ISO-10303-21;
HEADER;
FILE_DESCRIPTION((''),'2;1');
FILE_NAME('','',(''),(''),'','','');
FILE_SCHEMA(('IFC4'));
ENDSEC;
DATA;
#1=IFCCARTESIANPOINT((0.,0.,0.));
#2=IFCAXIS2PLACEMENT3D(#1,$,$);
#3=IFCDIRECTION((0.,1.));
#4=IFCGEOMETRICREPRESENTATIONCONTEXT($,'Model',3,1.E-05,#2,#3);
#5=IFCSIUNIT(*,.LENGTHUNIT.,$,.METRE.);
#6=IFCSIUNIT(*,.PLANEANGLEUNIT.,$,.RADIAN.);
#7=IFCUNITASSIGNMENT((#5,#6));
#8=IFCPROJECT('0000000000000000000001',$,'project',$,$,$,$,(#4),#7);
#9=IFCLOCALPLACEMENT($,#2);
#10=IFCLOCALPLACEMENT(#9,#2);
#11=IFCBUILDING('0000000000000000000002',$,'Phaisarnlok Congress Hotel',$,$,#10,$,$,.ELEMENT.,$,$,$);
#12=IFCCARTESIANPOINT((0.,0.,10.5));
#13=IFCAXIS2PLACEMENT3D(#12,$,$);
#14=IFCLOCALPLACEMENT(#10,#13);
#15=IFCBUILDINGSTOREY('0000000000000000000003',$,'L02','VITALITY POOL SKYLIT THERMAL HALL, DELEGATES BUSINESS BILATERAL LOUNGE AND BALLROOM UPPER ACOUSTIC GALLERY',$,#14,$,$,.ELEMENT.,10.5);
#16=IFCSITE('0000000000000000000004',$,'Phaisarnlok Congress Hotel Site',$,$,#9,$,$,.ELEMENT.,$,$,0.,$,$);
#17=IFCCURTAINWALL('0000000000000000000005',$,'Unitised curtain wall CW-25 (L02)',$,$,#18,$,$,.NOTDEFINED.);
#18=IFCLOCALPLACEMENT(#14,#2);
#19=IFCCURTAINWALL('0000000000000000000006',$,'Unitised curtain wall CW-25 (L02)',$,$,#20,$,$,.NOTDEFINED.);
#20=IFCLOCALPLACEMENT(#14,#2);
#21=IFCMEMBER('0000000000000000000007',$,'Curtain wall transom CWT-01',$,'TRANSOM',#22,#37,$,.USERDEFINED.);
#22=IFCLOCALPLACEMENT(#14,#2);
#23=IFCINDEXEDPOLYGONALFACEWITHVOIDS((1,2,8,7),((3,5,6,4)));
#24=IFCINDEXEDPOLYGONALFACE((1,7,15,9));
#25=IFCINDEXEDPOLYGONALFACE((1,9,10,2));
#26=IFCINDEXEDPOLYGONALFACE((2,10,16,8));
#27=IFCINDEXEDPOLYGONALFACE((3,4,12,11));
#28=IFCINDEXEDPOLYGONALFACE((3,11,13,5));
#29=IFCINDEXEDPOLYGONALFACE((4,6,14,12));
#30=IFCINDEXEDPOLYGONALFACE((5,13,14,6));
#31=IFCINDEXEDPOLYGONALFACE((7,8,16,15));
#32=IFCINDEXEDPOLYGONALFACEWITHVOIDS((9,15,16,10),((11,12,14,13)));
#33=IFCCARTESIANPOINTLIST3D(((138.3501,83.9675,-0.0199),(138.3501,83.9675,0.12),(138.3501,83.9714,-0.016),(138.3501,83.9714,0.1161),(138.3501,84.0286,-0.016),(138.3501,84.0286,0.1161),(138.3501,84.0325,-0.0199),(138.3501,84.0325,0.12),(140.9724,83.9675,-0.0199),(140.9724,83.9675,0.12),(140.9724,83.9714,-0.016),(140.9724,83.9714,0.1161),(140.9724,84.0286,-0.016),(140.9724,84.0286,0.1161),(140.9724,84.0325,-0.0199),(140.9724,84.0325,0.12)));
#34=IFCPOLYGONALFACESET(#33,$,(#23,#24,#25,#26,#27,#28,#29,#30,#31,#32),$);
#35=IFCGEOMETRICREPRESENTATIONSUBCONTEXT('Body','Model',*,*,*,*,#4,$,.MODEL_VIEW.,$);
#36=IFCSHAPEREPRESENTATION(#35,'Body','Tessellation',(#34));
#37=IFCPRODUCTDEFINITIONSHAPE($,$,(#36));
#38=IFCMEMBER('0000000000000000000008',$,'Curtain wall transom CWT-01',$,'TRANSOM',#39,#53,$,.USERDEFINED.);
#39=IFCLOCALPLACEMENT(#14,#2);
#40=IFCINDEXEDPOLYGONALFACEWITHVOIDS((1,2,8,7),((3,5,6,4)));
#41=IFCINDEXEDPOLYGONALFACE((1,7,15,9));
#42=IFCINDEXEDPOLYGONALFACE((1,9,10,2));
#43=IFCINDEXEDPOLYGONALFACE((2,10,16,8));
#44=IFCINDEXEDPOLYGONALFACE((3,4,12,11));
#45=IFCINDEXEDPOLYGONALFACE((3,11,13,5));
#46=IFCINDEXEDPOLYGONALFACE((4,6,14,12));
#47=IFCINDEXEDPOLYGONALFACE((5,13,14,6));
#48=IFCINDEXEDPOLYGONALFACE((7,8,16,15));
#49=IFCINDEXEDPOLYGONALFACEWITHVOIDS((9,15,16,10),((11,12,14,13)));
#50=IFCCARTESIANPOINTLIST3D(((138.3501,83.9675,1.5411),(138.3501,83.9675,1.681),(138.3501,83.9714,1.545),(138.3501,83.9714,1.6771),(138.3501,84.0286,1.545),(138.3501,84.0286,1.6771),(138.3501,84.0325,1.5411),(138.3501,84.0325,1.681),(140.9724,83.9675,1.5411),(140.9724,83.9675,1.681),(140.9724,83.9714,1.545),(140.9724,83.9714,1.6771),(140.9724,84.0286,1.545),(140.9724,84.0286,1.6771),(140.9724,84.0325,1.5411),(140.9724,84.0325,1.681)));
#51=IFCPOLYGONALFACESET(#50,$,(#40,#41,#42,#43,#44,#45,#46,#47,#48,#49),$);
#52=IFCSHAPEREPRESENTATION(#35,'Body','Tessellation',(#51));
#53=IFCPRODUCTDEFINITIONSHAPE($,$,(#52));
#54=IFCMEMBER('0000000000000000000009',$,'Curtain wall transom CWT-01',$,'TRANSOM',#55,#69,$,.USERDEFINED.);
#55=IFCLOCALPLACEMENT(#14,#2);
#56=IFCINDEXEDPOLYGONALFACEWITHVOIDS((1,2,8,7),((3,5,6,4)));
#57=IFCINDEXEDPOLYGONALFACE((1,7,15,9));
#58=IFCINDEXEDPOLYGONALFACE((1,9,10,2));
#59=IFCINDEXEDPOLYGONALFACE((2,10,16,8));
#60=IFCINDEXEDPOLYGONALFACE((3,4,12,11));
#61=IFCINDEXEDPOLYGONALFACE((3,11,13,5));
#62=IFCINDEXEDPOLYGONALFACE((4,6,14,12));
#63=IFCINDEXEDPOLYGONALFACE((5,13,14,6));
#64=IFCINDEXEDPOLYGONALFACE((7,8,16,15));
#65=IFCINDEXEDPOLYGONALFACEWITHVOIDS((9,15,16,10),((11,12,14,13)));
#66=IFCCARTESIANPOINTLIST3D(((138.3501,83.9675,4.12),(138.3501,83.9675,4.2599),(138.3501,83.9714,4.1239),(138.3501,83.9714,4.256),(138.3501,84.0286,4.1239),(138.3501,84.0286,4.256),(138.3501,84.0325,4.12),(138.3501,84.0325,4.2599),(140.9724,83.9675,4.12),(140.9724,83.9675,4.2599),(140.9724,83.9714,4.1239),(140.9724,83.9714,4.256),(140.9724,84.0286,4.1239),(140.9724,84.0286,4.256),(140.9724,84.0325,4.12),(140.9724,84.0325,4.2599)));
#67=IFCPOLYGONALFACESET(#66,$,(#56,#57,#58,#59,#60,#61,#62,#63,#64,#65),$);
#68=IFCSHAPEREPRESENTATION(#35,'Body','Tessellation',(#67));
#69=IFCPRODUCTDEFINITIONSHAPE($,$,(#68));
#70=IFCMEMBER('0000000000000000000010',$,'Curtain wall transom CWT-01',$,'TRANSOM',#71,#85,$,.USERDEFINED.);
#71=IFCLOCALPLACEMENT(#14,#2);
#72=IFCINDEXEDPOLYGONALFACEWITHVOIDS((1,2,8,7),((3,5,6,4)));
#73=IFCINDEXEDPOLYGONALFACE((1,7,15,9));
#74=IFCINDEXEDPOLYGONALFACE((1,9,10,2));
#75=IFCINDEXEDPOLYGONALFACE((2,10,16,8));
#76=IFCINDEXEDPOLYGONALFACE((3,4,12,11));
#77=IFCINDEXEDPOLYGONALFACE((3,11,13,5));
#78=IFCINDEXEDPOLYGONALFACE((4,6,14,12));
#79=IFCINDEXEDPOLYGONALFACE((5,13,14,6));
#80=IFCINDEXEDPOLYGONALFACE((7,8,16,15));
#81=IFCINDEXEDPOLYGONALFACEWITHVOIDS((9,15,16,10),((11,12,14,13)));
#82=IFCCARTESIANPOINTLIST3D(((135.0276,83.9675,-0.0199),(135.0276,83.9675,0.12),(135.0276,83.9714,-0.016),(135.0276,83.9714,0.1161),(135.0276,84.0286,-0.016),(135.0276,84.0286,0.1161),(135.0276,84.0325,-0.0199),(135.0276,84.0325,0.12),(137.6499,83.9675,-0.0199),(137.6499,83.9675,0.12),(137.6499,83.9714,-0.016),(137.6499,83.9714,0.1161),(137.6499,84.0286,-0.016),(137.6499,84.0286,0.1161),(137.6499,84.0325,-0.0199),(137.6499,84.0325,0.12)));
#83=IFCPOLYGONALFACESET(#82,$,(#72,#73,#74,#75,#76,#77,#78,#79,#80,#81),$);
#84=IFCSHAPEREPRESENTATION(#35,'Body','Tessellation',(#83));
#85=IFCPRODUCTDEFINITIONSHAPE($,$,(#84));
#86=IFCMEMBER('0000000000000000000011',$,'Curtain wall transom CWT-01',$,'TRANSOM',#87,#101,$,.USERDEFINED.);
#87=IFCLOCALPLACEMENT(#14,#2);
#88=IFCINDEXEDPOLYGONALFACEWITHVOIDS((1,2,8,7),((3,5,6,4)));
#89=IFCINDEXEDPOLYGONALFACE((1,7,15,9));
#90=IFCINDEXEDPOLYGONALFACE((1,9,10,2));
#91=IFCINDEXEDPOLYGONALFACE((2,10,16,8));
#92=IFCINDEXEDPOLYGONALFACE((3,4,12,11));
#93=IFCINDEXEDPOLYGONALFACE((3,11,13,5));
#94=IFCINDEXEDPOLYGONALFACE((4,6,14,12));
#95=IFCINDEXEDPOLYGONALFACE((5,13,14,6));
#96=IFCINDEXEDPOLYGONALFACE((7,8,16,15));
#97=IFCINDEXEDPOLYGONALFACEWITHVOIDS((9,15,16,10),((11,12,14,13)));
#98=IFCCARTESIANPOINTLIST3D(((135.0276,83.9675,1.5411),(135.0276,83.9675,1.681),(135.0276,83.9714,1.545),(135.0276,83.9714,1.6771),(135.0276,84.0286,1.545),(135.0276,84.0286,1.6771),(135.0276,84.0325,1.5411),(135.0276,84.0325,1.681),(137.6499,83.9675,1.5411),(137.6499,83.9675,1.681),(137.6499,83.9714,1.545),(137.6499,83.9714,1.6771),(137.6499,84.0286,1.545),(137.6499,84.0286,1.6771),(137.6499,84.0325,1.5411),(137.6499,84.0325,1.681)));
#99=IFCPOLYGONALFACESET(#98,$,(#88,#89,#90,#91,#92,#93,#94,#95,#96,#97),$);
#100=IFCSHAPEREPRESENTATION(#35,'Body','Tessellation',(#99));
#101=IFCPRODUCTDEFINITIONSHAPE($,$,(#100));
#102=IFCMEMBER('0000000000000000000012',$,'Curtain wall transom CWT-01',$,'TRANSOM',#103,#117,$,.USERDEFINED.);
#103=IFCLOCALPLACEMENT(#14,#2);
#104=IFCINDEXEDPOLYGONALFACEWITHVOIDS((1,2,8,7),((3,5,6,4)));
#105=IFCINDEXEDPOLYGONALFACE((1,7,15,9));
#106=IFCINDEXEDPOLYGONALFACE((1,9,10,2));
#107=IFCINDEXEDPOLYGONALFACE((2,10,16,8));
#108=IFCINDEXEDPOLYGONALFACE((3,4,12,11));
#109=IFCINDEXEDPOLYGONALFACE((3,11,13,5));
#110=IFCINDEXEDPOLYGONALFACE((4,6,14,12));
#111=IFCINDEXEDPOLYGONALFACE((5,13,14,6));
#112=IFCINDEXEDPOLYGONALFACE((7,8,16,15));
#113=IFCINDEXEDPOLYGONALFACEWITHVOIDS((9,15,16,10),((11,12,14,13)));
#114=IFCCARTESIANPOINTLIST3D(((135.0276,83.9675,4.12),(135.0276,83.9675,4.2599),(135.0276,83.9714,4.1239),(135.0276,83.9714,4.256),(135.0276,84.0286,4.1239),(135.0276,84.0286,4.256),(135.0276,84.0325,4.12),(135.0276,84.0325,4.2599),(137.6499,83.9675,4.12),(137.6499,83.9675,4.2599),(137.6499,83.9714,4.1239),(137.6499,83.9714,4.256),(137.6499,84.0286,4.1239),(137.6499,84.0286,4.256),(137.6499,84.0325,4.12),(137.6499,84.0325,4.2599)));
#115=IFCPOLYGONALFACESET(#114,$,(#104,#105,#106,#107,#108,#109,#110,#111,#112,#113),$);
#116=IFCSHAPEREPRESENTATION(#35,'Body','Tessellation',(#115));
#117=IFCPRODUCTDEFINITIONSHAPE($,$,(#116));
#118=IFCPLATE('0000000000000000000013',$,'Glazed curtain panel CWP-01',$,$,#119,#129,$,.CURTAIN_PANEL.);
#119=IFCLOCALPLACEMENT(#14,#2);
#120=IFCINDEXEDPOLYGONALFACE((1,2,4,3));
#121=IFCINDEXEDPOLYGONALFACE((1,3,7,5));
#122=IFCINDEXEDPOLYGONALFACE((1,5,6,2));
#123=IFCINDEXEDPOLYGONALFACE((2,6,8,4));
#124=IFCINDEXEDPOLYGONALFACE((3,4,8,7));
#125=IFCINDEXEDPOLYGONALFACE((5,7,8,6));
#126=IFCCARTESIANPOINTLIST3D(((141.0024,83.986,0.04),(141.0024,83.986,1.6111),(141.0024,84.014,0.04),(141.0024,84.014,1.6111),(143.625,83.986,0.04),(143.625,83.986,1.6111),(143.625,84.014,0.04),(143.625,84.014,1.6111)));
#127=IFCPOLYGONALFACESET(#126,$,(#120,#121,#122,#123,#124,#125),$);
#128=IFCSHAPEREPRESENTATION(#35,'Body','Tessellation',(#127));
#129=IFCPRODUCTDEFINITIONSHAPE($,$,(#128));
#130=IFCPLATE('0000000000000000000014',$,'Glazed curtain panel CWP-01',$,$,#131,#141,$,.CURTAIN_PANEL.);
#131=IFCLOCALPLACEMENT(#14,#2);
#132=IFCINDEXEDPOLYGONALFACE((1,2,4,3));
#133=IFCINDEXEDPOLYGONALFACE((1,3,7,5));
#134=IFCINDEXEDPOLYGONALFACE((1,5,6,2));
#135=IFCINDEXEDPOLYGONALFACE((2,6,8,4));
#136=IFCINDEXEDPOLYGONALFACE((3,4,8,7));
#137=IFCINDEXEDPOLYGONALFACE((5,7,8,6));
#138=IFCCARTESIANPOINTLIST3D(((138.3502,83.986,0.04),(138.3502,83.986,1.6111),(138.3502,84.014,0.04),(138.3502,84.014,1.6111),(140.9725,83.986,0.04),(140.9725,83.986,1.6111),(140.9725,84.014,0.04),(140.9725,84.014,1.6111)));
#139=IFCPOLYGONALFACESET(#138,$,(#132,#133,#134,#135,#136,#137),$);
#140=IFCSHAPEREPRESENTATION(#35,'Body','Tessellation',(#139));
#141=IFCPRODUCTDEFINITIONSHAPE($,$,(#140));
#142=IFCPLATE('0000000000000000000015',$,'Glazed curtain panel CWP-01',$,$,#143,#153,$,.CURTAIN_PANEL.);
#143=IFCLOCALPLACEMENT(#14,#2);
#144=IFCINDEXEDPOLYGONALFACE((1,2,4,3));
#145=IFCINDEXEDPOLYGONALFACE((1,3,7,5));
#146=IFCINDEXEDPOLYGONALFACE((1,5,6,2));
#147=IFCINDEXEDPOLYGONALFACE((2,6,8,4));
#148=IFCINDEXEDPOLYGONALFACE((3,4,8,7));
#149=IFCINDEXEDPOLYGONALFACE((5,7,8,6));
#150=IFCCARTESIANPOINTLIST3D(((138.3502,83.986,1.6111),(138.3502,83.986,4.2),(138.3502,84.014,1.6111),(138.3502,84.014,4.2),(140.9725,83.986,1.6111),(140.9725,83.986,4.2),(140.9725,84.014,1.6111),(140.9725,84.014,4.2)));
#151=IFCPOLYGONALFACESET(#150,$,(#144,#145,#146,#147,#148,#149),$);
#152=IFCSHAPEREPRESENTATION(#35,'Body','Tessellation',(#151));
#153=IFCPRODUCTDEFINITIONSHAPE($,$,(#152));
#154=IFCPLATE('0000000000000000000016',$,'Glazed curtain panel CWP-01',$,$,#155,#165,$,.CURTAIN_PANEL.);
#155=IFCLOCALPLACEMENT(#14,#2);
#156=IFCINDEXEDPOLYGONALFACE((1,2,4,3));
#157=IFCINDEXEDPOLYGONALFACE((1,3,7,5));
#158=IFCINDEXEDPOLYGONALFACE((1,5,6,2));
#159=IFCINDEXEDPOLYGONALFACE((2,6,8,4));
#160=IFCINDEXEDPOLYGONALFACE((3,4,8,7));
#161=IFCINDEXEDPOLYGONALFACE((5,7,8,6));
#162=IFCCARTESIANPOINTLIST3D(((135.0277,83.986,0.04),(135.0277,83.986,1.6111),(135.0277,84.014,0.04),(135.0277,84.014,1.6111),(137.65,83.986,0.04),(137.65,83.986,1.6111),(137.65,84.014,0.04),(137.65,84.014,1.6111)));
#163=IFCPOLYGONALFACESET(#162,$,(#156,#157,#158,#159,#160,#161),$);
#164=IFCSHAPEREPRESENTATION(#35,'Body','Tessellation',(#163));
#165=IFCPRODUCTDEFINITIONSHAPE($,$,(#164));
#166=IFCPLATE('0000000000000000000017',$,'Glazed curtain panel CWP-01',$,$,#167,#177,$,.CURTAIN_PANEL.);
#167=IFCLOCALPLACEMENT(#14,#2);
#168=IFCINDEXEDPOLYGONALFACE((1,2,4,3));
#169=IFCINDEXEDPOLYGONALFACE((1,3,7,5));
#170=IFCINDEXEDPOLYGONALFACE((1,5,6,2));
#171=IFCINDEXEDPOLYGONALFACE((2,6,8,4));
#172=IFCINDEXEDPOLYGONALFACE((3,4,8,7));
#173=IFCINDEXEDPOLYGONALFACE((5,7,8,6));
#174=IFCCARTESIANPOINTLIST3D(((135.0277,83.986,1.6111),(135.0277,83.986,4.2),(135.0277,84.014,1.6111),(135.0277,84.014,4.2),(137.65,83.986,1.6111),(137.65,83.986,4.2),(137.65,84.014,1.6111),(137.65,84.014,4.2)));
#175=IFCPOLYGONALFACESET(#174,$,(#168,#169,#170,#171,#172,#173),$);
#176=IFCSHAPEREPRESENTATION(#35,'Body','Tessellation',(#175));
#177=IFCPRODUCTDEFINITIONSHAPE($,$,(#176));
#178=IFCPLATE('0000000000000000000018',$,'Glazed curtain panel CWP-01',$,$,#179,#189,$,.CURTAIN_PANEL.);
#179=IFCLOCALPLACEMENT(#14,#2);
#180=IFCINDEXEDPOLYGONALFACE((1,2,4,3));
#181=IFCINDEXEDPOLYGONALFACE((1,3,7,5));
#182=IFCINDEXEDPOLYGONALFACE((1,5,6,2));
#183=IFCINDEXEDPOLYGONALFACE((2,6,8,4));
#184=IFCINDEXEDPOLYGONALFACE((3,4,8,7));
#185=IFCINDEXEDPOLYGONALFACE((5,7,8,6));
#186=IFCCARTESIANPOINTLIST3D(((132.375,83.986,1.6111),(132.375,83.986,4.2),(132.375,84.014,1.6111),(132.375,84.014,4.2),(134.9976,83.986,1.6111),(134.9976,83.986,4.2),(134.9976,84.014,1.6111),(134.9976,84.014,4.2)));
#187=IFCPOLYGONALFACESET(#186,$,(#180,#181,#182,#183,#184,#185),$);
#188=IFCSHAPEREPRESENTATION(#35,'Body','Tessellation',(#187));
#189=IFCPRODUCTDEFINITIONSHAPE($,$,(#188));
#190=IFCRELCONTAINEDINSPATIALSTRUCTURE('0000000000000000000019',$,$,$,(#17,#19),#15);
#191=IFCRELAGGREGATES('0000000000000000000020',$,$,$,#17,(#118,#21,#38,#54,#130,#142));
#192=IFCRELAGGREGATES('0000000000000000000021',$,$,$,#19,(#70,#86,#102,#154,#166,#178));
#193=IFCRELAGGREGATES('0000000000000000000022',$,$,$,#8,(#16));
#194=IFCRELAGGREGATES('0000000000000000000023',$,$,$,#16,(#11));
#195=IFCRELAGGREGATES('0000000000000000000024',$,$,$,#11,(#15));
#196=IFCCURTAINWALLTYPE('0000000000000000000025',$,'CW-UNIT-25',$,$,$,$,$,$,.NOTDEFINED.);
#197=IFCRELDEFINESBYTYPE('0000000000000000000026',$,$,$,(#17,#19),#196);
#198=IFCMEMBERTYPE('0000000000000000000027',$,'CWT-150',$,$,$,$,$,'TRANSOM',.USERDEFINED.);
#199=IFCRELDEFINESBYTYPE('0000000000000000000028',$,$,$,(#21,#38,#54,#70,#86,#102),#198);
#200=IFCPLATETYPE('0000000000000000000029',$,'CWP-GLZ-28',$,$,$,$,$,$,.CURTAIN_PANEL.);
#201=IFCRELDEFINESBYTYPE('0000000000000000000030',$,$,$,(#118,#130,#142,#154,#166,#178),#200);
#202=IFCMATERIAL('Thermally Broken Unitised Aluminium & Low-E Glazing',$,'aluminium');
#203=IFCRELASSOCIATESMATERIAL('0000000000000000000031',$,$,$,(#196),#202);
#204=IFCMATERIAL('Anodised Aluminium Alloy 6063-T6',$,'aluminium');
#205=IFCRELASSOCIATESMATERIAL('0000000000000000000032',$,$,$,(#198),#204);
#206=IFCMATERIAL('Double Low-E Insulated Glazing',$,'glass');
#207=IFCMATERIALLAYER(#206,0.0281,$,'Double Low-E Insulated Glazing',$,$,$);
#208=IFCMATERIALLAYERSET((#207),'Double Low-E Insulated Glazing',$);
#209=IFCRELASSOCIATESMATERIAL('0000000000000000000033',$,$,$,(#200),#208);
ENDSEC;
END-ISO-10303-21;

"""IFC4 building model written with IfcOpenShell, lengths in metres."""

from ifc_helpers import new_model, si_unit, direction, frame, frame_2d, origin, origin_2d, place, context, subcontext, project, spatial, rectangle, hollow_rectangle, extrude, material, layer, layer_set, material_profile, profile_set, type_object, element, aggregate, save


model = new_model("IFC4")

# Units and contexts
model_context = context("Model", 3, precision=1e-05, world=origin(), true_north=direction((0.0, 1.0)))
body_context = subcontext(model_context, "Body", "Model", "MODEL_VIEW")
ifc_project = project(units=[si_unit("LENGTHUNIT", "METRE"), si_unit("PLANEANGLEUNIT", "RADIAN")], contexts=[model_context])

# Site, building, storey
site_placement = place(None, origin())
site = spatial("IfcSite", under=ifc_project, at=site_placement, Name="Phaisarnlok Congress Hotel Site", CompositionType="ELEMENT", RefElevation=0.0)
building_placement = place(site_placement, origin())
building = spatial("IfcBuilding", under=site, at=building_placement, Name="Phaisarnlok Congress Hotel", CompositionType="ELEMENT")
storey_placement = place(building_placement, frame((0.0, 0.0, 10.5)))
storey = spatial("IfcBuildingStorey", under=building, at=storey_placement, Name="L02", Description="VITALITY POOL SKYLIT THERMAL HALL, DELEGATES BUSINESS BILATERAL LOUNGE AND BALLROOM UPPER ACOUSTIC GALLERY", CompositionType="ELEMENT", Elevation=10.5)

# Curtain walls
ifc_material_1 = material(Name="Thermally Broken Unitised Aluminium & Low-E Glazing", Category="aluminium")
curtain_wall_type = type_object("IfcCurtainWallType", Name="CW-UNIT-25", PredefinedType="NOTDEFINED", material=ifc_material_1)
curtain_wall_1_placement = place(storey_placement, origin())
curtain_wall_1 = element("IfcCurtainWall", 1, at=curtain_wall_1_placement, inside=storey, type_object=curtain_wall_type, Name="Unitised curtain wall CW-25 (L02)", PredefinedType="NOTDEFINED")
ifc_material_2 = material(Name="Anodised Aluminium Alloy 6063-T6", Category="aluminium")
curtain_wall_2_placement = place(storey_placement, origin())
curtain_wall_2 = element("IfcCurtainWall", 2, at=curtain_wall_2_placement, inside=storey, type_object=curtain_wall_type, Name="Unitised curtain wall CW-25 (L02)", PredefinedType="NOTDEFINED")

# Members
ifc_material_profile_1 = material_profile(ifc_material_2, hollow_rectangle(XDim=0.0649, YDim=0.1399, WallThickness=0.0039, at=origin_2d()), Name="ALU-T 65x140x4")
ifc_profile_set_1 = profile_set([ifc_material_profile_1], Name="Anodised Aluminium Alloy 6063-T6")
member_type_1 = type_object("IfcMemberType", Name="CWT-150", ElementType="TRANSOM", PredefinedType="USERDEFINED", material=ifc_profile_set_1)
member_1_placement = place(storey_placement, frame((140.9724, 84.0, 0.05), z_axis=(-1.0, 0.0, 0.0), x_axis=(0.0, -1.0, 0.0)))
member_1 = element("IfcMember", 3, at=member_1_placement, type_object=member_type_1, Name="Curtain wall transom CWT-01", ObjectType="TRANSOM", PredefinedType="USERDEFINED", context=body_context, shape_type="SweptSolid", body=[
    extrude(hollow_rectangle(XDim=0.0649, YDim=0.1399, WallThickness=0.0039, at=origin_2d()), origin(), (0.0, 0.0, 1.0), 2.6223),
])
member_2_placement = place(storey_placement, frame((140.9724, 84.0, 1.6111), z_axis=(-1.0, 0.0, 0.0), x_axis=(0.0, -1.0, 0.0)))
member_2 = element("IfcMember", 4, at=member_2_placement, type_object=member_type_1, Name="Curtain wall transom CWT-01", ObjectType="TRANSOM", PredefinedType="USERDEFINED", context=body_context, shape_type="SweptSolid", body=[
    extrude(hollow_rectangle(XDim=0.0649, YDim=0.1399, WallThickness=0.0039, at=origin_2d()), origin(), (0.0, 0.0, 1.0), 2.6223),
])
member_3_placement = place(storey_placement, frame((140.9724, 84.0, 4.1899), z_axis=(-1.0, 0.0, 0.0), x_axis=(0.0, -1.0, 0.0)))
member_3 = element("IfcMember", 5, at=member_3_placement, type_object=member_type_1, Name="Curtain wall transom CWT-01", ObjectType="TRANSOM", PredefinedType="USERDEFINED", context=body_context, shape_type="SweptSolid", body=[
    extrude(hollow_rectangle(XDim=0.0649, YDim=0.1399, WallThickness=0.0039, at=origin_2d()), origin(), (0.0, 0.0, 1.0), 2.6223),
])
member_4_placement = place(storey_placement, frame((137.6499, 84.0, 0.05), z_axis=(-1.0, 0.0, 0.0), x_axis=(0.0, -1.0, 0.0)))
member_4 = element("IfcMember", 6, at=member_4_placement, type_object=member_type_1, Name="Curtain wall transom CWT-01", ObjectType="TRANSOM", PredefinedType="USERDEFINED", context=body_context, shape_type="SweptSolid", body=[
    extrude(hollow_rectangle(XDim=0.0649, YDim=0.1399, WallThickness=0.0039, at=origin_2d()), origin(), (0.0, 0.0, 1.0), 2.6223),
])
member_5_placement = place(storey_placement, frame((137.6499, 84.0, 1.6111), z_axis=(-1.0, 0.0, 0.0), x_axis=(0.0, -1.0, 0.0)))
member_5 = element("IfcMember", 7, at=member_5_placement, type_object=member_type_1, Name="Curtain wall transom CWT-01", ObjectType="TRANSOM", PredefinedType="USERDEFINED", context=body_context, shape_type="SweptSolid", body=[
    extrude(hollow_rectangle(XDim=0.0649, YDim=0.1399, WallThickness=0.0039, at=origin_2d()), origin(), (0.0, 0.0, 1.0), 2.6223),
])
member_6_placement = place(storey_placement, frame((137.6499, 84.0, 4.1899), z_axis=(-1.0, 0.0, 0.0), x_axis=(0.0, -1.0, 0.0)))
member_6 = element("IfcMember", 8, at=member_6_placement, type_object=member_type_1, Name="Curtain wall transom CWT-01", ObjectType="TRANSOM", PredefinedType="USERDEFINED", context=body_context, shape_type="SweptSolid", body=[
    extrude(hollow_rectangle(XDim=0.0649, YDim=0.1399, WallThickness=0.0039, at=origin_2d()), origin(), (0.0, 0.0, 1.0), 2.6223),
])

# Plates
ifc_material_3 = material(Name="Double Low-E Insulated Glazing", Category="glass")
ifc_layer = layer(ifc_material_3, 0.0281, Name="Double Low-E Insulated Glazing")
ifc_layer_set = layer_set([ifc_layer], Name="Double Low-E Insulated Glazing")
plate_type = type_object("IfcPlateType", Name="CWP-GLZ-28", PredefinedType="CURTAIN_PANEL", material=ifc_layer_set)
plate_1_placement = place(storey_placement, frame((143.625, 84.0, 0.04), z_axis=(0.0, 0.0, 1.0), x_axis=(-1.0, 0.0, 0.0)))
plate_1 = element("IfcPlate", 9, at=plate_1_placement, type_object=plate_type, Name="Glazed curtain panel CWP-01", PredefinedType="CURTAIN_PANEL", context=body_context, shape_type="SweptSolid", body=[
    extrude(rectangle(XDim=2.6226, YDim=0.0281, at=frame_2d((1.3113, 0.0))), origin(), (0.0, 0.0, 1.0), 1.571),
])
plate_2_placement = place(storey_placement, frame((140.9724, 84.0, 0.04), z_axis=(0.0, 0.0, 1.0), x_axis=(-1.0, 0.0, 0.0)))
plate_2 = element("IfcPlate", 10, at=plate_2_placement, type_object=plate_type, Name="Glazed curtain panel CWP-01", PredefinedType="CURTAIN_PANEL", context=body_context, shape_type="SweptSolid", body=[
    extrude(rectangle(XDim=2.6223, YDim=0.0281, at=frame_2d((1.311, 0.0))), origin(), (0.0, 0.0, 1.0), 1.571),
])
plate_3_placement = place(storey_placement, frame((140.9724, 84.0, 1.6111), z_axis=(0.0, 0.0, 1.0), x_axis=(-1.0, 0.0, 0.0)))
plate_3 = element("IfcPlate", 11, at=plate_3_placement, type_object=plate_type, Name="Glazed curtain panel CWP-01", PredefinedType="CURTAIN_PANEL", context=body_context, shape_type="SweptSolid", body=[
    extrude(rectangle(XDim=2.6223, YDim=0.0281, at=frame_2d((1.311, 0.0))), origin(), (0.0, 0.0, 1.0), 2.5889),
])
aggregate(curtain_wall_1, [plate_1, member_1, member_2, member_3, plate_2, plate_3])
plate_4_placement = place(storey_placement, frame((137.6499, 84.0, 0.04), z_axis=(0.0, 0.0, 1.0), x_axis=(-1.0, 0.0, 0.0)))
plate_4 = element("IfcPlate", 12, at=plate_4_placement, type_object=plate_type, Name="Glazed curtain panel CWP-01", PredefinedType="CURTAIN_PANEL", context=body_context, shape_type="SweptSolid", body=[
    extrude(rectangle(XDim=2.6223, YDim=0.0281, at=frame_2d((1.311, 0.0))), origin(), (0.0, 0.0, 1.0), 1.571),
])
plate_5_placement = place(storey_placement, frame((137.6499, 84.0, 1.6111), z_axis=(0.0, 0.0, 1.0), x_axis=(-1.0, 0.0, 0.0)))
plate_5 = element("IfcPlate", 13, at=plate_5_placement, type_object=plate_type, Name="Glazed curtain panel CWP-01", PredefinedType="CURTAIN_PANEL", context=body_context, shape_type="SweptSolid", body=[
    extrude(rectangle(XDim=2.6223, YDim=0.0281, at=frame_2d((1.311, 0.0))), origin(), (0.0, 0.0, 1.0), 2.5889),
])
plate_6_placement = place(storey_placement, frame((134.9976, 84.0, 1.6111), z_axis=(0.0, 0.0, 1.0), x_axis=(-1.0, 0.0, 0.0)))
plate_6 = element("IfcPlate", 14, at=plate_6_placement, type_object=plate_type, Name="Glazed curtain panel CWP-01", PredefinedType="CURTAIN_PANEL", context=body_context, shape_type="SweptSolid", body=[
    extrude(rectangle(XDim=2.6226, YDim=0.0281, at=frame_2d((1.3113, 0.0))), origin(), (0.0, 0.0, 1.0), 2.5889),
])
aggregate(curtain_wall_2, [member_4, member_5, member_6, plate_4, plate_5, plate_6])

save(model, "model.ifc")
